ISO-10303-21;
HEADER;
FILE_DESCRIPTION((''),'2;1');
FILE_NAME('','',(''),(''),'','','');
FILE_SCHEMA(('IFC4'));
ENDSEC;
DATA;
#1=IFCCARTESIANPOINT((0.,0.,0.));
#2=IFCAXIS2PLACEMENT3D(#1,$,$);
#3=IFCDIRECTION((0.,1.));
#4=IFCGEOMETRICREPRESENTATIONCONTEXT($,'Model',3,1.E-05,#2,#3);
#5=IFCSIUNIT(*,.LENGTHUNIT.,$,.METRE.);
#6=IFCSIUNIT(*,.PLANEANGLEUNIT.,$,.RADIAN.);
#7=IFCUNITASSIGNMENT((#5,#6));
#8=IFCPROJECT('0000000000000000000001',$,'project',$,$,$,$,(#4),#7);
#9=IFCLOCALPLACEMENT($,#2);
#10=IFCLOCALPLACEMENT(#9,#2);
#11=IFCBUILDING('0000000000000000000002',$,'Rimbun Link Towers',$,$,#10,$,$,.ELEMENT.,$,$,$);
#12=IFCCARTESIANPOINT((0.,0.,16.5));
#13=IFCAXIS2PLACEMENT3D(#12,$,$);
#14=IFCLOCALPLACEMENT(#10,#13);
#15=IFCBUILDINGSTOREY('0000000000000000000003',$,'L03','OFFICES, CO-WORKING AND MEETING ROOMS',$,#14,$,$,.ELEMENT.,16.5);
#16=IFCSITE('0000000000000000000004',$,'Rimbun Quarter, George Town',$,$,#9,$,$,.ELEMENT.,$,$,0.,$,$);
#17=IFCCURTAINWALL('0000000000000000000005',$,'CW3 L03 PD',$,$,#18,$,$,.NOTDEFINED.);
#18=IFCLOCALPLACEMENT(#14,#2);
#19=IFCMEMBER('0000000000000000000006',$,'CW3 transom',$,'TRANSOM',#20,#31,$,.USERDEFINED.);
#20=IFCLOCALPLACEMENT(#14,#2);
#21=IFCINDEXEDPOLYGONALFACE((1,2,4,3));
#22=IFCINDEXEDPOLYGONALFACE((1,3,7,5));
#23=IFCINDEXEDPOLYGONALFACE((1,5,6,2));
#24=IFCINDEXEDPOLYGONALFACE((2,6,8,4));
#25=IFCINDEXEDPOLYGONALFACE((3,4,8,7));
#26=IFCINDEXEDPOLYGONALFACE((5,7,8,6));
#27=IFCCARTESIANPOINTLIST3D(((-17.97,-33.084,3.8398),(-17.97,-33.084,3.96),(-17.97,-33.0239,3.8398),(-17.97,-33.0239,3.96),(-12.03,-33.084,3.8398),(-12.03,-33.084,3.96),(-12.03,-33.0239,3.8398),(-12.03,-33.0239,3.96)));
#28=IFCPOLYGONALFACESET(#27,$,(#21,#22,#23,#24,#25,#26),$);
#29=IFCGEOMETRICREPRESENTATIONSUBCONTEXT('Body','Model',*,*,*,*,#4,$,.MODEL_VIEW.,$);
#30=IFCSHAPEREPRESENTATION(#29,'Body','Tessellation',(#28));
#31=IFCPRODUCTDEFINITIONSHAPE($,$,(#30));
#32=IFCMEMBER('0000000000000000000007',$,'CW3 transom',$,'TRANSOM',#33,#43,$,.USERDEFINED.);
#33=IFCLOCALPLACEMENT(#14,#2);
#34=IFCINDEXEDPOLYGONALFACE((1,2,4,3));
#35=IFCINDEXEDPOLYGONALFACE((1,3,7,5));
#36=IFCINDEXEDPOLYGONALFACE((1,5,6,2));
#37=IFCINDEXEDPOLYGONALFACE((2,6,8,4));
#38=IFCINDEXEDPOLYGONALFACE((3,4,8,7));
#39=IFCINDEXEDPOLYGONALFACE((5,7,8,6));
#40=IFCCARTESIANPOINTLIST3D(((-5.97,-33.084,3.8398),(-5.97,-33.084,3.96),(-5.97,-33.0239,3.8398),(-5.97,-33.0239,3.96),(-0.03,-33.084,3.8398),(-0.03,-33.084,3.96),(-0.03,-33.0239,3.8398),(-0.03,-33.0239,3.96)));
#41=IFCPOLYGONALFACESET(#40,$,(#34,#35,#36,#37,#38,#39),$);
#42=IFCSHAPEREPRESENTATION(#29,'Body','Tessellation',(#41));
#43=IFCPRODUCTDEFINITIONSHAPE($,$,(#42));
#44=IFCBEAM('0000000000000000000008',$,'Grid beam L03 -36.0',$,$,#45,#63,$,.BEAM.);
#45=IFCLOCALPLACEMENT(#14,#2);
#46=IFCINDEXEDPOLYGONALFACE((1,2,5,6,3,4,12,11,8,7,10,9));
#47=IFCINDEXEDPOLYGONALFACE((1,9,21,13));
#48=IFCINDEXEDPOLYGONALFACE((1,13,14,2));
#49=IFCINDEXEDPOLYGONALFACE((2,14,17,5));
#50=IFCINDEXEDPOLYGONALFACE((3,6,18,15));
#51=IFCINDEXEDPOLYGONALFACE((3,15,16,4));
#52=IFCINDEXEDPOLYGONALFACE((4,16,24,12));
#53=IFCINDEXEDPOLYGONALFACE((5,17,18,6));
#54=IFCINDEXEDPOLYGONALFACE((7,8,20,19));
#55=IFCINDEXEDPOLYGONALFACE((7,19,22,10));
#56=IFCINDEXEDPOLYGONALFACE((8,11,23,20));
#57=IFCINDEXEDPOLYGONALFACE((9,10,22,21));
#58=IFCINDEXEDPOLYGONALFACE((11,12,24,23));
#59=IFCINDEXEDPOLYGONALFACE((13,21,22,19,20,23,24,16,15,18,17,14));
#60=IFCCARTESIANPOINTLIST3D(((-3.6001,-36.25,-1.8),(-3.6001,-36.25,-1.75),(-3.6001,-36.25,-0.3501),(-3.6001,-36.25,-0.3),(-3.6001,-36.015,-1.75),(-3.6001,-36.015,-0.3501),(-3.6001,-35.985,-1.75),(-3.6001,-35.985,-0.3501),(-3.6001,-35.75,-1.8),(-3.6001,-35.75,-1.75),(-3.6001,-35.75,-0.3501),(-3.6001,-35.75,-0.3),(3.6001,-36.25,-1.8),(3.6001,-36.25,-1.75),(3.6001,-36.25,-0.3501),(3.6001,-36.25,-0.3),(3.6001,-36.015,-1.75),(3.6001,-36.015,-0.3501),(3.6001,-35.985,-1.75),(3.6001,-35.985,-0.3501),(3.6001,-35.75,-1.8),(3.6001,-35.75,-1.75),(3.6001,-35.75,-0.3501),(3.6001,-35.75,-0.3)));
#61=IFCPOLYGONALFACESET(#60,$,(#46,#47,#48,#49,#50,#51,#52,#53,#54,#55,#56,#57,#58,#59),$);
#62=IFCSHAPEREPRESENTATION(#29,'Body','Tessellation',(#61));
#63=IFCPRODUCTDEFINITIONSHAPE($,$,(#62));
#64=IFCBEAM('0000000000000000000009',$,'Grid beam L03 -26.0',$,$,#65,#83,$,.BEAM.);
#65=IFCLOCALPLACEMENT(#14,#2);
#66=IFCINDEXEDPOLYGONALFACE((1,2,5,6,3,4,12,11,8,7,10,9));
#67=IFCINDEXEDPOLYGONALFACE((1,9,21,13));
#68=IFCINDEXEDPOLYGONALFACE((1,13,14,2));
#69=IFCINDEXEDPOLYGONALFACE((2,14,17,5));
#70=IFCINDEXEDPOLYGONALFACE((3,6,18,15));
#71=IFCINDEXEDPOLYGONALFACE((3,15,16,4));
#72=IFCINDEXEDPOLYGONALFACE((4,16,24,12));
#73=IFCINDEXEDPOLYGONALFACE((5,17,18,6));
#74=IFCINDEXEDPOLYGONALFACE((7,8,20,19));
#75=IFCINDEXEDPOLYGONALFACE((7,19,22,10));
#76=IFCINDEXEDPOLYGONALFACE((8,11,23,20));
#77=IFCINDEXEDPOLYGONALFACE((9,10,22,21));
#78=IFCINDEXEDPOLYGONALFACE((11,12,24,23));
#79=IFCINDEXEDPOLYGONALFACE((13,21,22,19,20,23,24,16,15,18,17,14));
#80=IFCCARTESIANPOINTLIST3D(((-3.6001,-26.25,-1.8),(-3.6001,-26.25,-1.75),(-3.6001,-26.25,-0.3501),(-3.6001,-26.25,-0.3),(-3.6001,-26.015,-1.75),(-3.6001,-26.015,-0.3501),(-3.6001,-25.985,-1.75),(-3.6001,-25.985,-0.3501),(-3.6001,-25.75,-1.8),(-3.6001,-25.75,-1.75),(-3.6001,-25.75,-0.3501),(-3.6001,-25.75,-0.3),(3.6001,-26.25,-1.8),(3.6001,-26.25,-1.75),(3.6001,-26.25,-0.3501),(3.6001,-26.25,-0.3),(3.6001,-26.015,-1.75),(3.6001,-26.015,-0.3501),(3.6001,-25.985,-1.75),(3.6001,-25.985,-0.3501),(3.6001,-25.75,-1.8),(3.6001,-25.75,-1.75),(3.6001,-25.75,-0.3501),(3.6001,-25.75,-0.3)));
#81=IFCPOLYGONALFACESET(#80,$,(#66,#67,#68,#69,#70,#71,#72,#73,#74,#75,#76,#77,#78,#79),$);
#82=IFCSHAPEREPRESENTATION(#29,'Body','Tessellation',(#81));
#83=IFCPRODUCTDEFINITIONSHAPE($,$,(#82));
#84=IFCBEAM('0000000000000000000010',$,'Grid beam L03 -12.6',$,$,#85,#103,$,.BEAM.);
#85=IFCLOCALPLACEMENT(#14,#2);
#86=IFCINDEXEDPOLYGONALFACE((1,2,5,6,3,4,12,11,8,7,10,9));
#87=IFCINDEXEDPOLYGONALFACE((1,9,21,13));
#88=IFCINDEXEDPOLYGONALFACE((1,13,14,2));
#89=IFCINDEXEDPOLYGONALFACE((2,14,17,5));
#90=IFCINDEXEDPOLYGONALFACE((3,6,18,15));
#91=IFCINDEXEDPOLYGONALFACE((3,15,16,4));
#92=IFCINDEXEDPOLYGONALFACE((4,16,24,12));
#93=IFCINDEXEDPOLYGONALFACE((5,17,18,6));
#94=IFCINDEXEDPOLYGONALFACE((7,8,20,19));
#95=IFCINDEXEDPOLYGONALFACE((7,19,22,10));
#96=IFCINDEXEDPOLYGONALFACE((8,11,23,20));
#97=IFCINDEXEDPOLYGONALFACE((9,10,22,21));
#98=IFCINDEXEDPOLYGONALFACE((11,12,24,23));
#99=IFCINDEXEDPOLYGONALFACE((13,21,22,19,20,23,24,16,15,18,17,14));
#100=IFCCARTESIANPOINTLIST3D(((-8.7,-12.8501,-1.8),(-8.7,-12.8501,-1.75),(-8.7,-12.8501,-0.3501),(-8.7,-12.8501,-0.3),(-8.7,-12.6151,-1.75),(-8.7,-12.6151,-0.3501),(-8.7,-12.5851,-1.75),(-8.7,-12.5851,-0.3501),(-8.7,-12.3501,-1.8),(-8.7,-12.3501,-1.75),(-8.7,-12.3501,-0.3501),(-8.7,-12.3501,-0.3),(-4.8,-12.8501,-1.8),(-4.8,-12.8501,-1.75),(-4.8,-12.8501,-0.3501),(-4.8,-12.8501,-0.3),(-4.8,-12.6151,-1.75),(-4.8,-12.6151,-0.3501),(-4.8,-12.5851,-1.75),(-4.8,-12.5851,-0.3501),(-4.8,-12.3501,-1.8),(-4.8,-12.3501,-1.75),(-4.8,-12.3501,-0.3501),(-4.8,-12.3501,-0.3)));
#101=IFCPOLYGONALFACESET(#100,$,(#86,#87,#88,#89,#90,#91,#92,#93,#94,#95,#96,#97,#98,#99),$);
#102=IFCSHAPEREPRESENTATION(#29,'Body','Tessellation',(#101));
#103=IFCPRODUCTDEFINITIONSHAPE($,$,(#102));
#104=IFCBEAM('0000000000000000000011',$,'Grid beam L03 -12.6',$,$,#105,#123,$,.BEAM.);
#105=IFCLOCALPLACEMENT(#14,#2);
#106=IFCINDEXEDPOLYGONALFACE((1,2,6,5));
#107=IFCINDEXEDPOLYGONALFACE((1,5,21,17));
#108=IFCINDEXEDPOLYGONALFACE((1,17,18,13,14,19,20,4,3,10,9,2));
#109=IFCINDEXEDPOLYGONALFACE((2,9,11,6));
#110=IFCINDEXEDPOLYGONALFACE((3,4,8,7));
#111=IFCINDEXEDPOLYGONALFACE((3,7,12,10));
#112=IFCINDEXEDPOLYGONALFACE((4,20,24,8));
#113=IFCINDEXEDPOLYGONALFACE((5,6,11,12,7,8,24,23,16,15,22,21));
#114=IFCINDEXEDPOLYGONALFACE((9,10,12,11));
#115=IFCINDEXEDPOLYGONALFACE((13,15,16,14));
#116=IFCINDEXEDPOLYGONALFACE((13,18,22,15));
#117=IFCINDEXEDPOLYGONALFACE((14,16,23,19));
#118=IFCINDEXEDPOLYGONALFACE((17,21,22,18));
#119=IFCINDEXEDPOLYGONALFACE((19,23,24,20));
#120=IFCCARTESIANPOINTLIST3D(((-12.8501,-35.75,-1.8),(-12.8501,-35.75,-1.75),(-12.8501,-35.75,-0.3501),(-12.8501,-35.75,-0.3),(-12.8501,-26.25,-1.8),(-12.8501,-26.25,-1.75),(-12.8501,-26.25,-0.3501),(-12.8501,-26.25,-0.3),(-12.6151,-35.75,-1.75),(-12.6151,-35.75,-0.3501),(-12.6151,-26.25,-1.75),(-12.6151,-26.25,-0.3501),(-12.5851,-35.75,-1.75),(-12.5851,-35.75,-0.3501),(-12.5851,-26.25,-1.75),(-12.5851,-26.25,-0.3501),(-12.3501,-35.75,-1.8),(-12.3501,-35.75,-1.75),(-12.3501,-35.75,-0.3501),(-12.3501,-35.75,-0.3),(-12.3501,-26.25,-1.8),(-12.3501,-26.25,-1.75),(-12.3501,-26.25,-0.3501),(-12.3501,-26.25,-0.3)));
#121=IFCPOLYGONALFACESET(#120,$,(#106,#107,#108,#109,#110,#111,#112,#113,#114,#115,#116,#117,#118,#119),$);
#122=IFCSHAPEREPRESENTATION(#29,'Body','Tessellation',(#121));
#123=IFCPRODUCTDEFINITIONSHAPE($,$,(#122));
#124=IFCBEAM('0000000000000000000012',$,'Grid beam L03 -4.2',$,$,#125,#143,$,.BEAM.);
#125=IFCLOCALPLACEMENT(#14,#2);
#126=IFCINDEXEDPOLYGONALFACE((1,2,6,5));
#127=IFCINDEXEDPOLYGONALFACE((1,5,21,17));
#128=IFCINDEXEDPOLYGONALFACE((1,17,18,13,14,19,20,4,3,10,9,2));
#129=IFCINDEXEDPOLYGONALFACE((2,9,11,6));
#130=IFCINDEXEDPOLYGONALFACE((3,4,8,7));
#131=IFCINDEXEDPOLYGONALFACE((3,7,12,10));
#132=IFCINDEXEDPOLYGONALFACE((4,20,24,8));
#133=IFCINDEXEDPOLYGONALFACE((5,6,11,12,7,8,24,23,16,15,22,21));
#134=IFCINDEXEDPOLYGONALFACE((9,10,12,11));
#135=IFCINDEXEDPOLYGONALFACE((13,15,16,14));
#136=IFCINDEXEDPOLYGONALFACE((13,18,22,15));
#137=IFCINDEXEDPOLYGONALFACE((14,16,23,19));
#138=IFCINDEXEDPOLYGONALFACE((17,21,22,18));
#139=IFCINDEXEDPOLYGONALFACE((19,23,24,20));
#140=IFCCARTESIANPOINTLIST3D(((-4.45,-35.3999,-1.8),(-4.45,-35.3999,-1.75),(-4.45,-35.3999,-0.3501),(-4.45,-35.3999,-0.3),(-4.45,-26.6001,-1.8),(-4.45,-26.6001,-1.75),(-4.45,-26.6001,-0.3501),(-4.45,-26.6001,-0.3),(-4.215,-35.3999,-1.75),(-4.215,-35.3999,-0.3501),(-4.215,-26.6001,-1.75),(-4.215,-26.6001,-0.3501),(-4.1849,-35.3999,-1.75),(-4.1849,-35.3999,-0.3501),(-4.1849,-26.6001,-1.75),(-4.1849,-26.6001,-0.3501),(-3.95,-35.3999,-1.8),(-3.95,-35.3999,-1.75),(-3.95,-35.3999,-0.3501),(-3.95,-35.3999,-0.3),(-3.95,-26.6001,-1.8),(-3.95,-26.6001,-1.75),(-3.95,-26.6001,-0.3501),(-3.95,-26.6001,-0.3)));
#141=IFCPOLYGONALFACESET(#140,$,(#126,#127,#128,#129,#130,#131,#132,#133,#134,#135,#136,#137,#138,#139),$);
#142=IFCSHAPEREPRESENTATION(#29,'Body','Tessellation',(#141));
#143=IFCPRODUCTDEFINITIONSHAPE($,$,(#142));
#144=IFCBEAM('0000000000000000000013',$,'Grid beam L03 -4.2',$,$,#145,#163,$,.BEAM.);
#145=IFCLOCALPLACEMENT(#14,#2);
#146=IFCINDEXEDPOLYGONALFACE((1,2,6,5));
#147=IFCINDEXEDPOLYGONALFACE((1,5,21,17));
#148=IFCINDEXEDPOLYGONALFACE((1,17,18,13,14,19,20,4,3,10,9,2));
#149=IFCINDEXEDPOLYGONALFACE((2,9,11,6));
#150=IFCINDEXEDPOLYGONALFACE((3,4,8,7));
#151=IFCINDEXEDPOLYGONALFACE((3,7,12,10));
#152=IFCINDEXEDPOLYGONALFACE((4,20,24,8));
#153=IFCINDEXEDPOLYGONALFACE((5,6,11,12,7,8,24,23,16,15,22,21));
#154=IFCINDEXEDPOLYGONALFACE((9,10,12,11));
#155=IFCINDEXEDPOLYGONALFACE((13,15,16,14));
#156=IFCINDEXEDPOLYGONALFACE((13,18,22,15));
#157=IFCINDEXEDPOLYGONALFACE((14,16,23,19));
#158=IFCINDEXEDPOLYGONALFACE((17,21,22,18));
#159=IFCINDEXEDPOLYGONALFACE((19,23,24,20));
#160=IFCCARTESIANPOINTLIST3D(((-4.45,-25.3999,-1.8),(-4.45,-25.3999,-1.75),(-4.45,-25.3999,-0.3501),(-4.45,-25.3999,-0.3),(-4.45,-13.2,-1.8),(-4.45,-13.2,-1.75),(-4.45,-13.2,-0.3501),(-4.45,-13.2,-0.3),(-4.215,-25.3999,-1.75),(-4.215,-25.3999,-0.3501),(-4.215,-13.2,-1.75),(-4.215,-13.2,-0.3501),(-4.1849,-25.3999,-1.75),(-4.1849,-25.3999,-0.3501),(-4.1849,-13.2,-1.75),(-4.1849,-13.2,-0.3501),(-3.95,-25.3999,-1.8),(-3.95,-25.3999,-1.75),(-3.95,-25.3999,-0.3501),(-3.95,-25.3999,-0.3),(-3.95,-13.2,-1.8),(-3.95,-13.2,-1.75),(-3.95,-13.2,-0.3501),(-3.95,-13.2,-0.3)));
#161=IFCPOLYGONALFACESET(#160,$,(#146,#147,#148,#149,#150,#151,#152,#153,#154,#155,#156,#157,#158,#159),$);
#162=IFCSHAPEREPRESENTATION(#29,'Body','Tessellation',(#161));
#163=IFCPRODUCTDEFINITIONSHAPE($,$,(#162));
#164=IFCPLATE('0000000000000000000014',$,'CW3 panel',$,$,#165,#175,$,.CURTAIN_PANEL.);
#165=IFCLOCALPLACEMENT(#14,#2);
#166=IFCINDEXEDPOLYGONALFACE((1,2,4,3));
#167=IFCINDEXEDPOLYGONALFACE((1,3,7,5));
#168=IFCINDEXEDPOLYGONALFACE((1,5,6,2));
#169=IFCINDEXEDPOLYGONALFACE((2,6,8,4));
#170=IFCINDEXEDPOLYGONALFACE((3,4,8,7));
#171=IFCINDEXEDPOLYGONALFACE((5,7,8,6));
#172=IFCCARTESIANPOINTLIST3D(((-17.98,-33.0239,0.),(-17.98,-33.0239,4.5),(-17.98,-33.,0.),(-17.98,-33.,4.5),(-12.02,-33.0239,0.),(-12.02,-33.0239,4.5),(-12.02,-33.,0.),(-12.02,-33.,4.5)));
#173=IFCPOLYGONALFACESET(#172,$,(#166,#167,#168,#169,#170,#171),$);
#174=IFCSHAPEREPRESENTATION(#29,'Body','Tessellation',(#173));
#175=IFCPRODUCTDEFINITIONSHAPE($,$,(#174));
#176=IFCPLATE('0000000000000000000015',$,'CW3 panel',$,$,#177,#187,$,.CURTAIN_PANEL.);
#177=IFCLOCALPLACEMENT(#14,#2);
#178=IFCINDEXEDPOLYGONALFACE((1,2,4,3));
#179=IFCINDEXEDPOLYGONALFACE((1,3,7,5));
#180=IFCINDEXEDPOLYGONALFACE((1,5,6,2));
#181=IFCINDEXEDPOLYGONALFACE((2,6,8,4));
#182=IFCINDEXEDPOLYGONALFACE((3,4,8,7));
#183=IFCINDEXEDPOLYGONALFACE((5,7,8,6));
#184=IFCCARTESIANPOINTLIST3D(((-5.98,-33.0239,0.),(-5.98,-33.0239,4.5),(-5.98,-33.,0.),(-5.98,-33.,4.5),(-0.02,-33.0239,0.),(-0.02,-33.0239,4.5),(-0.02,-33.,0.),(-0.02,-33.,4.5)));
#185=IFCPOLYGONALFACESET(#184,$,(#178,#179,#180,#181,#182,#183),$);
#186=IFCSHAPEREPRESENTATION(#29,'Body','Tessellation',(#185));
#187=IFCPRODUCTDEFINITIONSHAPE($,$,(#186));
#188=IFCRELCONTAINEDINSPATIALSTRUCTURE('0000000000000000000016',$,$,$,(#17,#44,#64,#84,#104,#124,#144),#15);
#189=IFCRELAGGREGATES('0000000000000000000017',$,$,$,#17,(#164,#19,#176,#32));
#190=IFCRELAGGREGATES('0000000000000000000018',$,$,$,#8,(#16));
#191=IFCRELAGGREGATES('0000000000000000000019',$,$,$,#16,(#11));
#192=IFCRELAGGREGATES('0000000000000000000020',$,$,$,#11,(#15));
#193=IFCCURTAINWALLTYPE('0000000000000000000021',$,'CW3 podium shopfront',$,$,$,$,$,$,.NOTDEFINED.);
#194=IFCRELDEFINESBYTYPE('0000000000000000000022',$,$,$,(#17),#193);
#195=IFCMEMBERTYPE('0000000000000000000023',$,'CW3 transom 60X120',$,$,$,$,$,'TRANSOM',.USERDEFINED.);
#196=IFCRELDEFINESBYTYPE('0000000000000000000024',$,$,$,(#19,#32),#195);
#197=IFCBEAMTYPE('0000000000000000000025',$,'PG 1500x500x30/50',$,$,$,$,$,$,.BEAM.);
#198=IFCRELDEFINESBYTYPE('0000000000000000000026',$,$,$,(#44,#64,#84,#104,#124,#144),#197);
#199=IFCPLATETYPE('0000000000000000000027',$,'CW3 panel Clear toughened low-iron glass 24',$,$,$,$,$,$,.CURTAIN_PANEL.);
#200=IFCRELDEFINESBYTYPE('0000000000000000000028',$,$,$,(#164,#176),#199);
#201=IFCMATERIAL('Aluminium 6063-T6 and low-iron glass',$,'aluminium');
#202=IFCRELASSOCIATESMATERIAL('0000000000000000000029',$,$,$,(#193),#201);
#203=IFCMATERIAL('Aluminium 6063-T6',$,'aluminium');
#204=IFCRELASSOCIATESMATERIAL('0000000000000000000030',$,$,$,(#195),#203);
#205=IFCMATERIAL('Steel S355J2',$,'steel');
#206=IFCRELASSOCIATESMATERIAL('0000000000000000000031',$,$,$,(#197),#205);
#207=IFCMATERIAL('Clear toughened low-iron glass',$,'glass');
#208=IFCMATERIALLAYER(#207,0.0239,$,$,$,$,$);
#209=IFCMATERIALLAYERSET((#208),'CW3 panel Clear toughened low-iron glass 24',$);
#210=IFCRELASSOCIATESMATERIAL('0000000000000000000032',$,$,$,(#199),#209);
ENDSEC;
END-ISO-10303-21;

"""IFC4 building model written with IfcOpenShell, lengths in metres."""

from ifc_helpers import new_model, si_unit, direction, frame, origin, origin_2d, place, context, subcontext, project, spatial, rectangle, i_section, extrude, material, layer, layer_set, material_profile, profile_set, type_object, element, aggregate, save


model = new_model("IFC4")

# Units and contexts
model_context = context("Model", 3, precision=1e-05, world=origin(), true_north=direction((0.0, 1.0)))
body_context = subcontext(model_context, "Body", "Model", "MODEL_VIEW")
ifc_project = project(units=[si_unit("LENGTHUNIT", "METRE"), si_unit("PLANEANGLEUNIT", "RADIAN")], contexts=[model_context])

# Site, building, storey
site_placement = place(None, origin())
site = spatial("IfcSite", under=ifc_project, at=site_placement, Name="Rimbun Quarter, George Town", CompositionType="ELEMENT", RefElevation=0.0)
building_placement = place(site_placement, origin())
building = spatial("IfcBuilding", under=site, at=building_placement, Name="Rimbun Link Towers", CompositionType="ELEMENT")
storey_placement = place(building_placement, frame((0.0, 0.0, 16.5)))
storey = spatial("IfcBuildingStorey", under=building, at=storey_placement, Name="L03", Description="OFFICES, CO-WORKING AND MEETING ROOMS", CompositionType="ELEMENT", Elevation=16.5)

# Curtain wall, members
ifc_material_1 = material(Name="Aluminium 6063-T6 and low-iron glass", Category="aluminium")
curtain_wall_type = type_object("IfcCurtainWallType", Name="CW3 podium shopfront", PredefinedType="NOTDEFINED", material=ifc_material_1)
curtain_wall_placement = place(storey_placement, origin())
curtain_wall = element("IfcCurtainWall", 1, at=curtain_wall_placement, inside=storey, type_object=curtain_wall_type, Name="CW3 L03 PD", PredefinedType="NOTDEFINED")
ifc_material_2 = material(Name="Aluminium 6063-T6", Category="aluminium")
ifc_material_profile_1 = material_profile(ifc_material_2, rectangle(XDim=0.0601, YDim=0.1201, at=origin_2d()), Name="TRANSOM 60X120")
ifc_profile_set_1 = profile_set([ifc_material_profile_1], Name="Aluminium 6063-T6")
member_type_1 = type_object("IfcMemberType", Name="CW3 transom 60X120", ElementType="TRANSOM", PredefinedType="USERDEFINED", material=ifc_profile_set_1)
member_1_placement = place(storey_placement, frame((-12.03, -33.054, 3.8999), z_axis=(-1.0, 0.0, 0.0), x_axis=(0.0, -1.0, 0.0)))
member_1 = element("IfcMember", 2, at=member_1_placement, type_object=member_type_1, Name="CW3 transom", ObjectType="TRANSOM", PredefinedType="USERDEFINED", context=body_context, shape_type="SweptSolid", body=[
    extrude(rectangle(XDim=0.0601, YDim=0.1201, at=origin_2d()), origin(), (0.0, 0.0, 1.0), 5.9399),
])
member_2_placement = place(storey_placement, frame((-0.03, -33.054, 3.8999), z_axis=(-1.0, 0.0, 0.0), x_axis=(0.0, -1.0, 0.0)))
member_2 = element("IfcMember", 3, at=member_2_placement, type_object=member_type_1, Name="CW3 transom", ObjectType="TRANSOM", PredefinedType="USERDEFINED", context=body_context, shape_type="SweptSolid", body=[
    extrude(rectangle(XDim=0.0601, YDim=0.1201, at=origin_2d()), origin(), (0.0, 0.0, 1.0), 5.9399),
])

# Beams
ifc_material_3 = material(Name="Steel S355J2", Category="steel")
ifc_material_profile_2 = material_profile(ifc_material_3, i_section(OverallWidth=0.5, OverallDepth=1.5, WebThickness=0.03, FlangeThickness=0.05, at=origin_2d()), Name="PG 1500x500x30/50")
ifc_profile_set_2 = profile_set([ifc_material_profile_2], Name="Steel S355J2")
beam_type = type_object("IfcBeamType", Name="PG 1500x500x30/50", PredefinedType="BEAM", material=ifc_profile_set_2)
for number, where, z_axis, x_axis, name in (
    (4, (-3.6001, -36.0, -1.05), (1.0, 0.0, 0.0), (0.0, 1.0, 0.0), "Grid beam L03 -36.0"),
    (5, (-3.6001, -26.0, -1.05), (1.0, 0.0, 0.0), (0.0, 1.0, 0.0), "Grid beam L03 -26.0"),
):
    element("IfcBeam", number, at=place(storey_placement, frame(where, z_axis=z_axis, x_axis=x_axis)), inside=storey, type_object=beam_type, Name=name, PredefinedType="BEAM", context=body_context, shape_type="SweptSolid", body=[
        extrude(i_section(OverallWidth=0.5, OverallDepth=1.5, WebThickness=0.03, FlangeThickness=0.05, at=origin_2d()), origin(), (0.0, 0.0, 1.0), 7.2002),
    ])
beam_1_placement = place(storey_placement, frame((-8.7, -12.6001, -1.05), z_axis=(1.0, 0.0, 0.0), x_axis=(0.0, 1.0, 0.0)))
element("IfcBeam", 6, at=beam_1_placement, inside=storey, type_object=beam_type, Name="Grid beam L03 -12.6", PredefinedType="BEAM", context=body_context, shape_type="SweptSolid", body=[
    extrude(i_section(OverallWidth=0.5, OverallDepth=1.5, WebThickness=0.03, FlangeThickness=0.05, at=origin_2d()), origin(), (0.0, 0.0, 1.0), 3.8999),
])
beam_2_placement = place(storey_placement, frame((-12.6001, -35.75, -1.05), z_axis=(0.0, 1.0, 0.0), x_axis=(-1.0, 0.0, 0.0)))
element("IfcBeam", 7, at=beam_2_placement, inside=storey, type_object=beam_type, Name="Grid beam L03 -12.6", PredefinedType="BEAM", context=body_context, shape_type="SweptSolid", body=[
    extrude(i_section(OverallWidth=0.5, OverallDepth=1.5, WebThickness=0.03, FlangeThickness=0.05, at=origin_2d()), origin(), (0.0, 0.0, 1.0), 9.5),
])
beam_3_placement = place(storey_placement, frame((-4.2, -35.3999, -1.05), z_axis=(0.0, 1.0, 0.0), x_axis=(-1.0, 0.0, 0.0)))
element("IfcBeam", 8, at=beam_3_placement, inside=storey, type_object=beam_type, Name="Grid beam L03 -4.2", PredefinedType="BEAM", context=body_context, shape_type="SweptSolid", body=[
    extrude(i_section(OverallWidth=0.5, OverallDepth=1.5, WebThickness=0.03, FlangeThickness=0.05, at=origin_2d()), origin(), (0.0, 0.0, 1.0), 8.7998),
])
beam_4_placement = place(storey_placement, frame((-4.2, -25.3999, -1.05), z_axis=(0.0, 1.0, 0.0), x_axis=(-1.0, 0.0, 0.0)))
element("IfcBeam", 9, at=beam_4_placement, inside=storey, type_object=beam_type, Name="Grid beam L03 -4.2", PredefinedType="BEAM", context=body_context, shape_type="SweptSolid", body=[
    extrude(i_section(OverallWidth=0.5, OverallDepth=1.5, WebThickness=0.03, FlangeThickness=0.05, at=origin_2d()), origin(), (0.0, 0.0, 1.0), 12.2),
])

# Plates
ifc_material_4 = material(Name="Clear toughened low-iron glass", Category="glass")
ifc_layer_1 = layer(ifc_material_4, 0.0239)
ifc_layer_set_1 = layer_set([ifc_layer_1], Name="CW3 panel Clear toughened low-iron glass 24")
plate_type = type_object("IfcPlateType", Name="CW3 panel Clear toughened low-iron glass 24", PredefinedType="CURTAIN_PANEL", material=ifc_layer_set_1)
plate_1_placement = place(storey_placement, frame((-15.0, -33.012, 0.0), z_axis=(0.0, 0.0, 1.0), x_axis=(-1.0, 0.0, 0.0)))
plate_1 = element("IfcPlate", 10, at=plate_1_placement, type_object=plate_type, Name="CW3 panel", PredefinedType="CURTAIN_PANEL", context=body_context, shape_type="SweptSolid", body=[
    extrude(rectangle(XDim=5.96, YDim=0.0239, at=origin_2d()), origin(), (0.0, 0.0, 1.0), 4.5),
])
plate_2_placement = place(storey_placement, frame((-3.0, -33.012, 0.0), z_axis=(0.0, 0.0, 1.0), x_axis=(-1.0, 0.0, 0.0)))
plate_2 = element("IfcPlate", 11, at=plate_2_placement, type_object=plate_type, Name="CW3 panel", PredefinedType="CURTAIN_PANEL", context=body_context, shape_type="SweptSolid", body=[
    extrude(rectangle(XDim=5.96, YDim=0.0239, at=origin_2d()), origin(), (0.0, 0.0, 1.0), 4.5),
])
aggregate(curtain_wall, [plate_1, member_1, plate_2, member_2])

save(model, "model.ifc")
